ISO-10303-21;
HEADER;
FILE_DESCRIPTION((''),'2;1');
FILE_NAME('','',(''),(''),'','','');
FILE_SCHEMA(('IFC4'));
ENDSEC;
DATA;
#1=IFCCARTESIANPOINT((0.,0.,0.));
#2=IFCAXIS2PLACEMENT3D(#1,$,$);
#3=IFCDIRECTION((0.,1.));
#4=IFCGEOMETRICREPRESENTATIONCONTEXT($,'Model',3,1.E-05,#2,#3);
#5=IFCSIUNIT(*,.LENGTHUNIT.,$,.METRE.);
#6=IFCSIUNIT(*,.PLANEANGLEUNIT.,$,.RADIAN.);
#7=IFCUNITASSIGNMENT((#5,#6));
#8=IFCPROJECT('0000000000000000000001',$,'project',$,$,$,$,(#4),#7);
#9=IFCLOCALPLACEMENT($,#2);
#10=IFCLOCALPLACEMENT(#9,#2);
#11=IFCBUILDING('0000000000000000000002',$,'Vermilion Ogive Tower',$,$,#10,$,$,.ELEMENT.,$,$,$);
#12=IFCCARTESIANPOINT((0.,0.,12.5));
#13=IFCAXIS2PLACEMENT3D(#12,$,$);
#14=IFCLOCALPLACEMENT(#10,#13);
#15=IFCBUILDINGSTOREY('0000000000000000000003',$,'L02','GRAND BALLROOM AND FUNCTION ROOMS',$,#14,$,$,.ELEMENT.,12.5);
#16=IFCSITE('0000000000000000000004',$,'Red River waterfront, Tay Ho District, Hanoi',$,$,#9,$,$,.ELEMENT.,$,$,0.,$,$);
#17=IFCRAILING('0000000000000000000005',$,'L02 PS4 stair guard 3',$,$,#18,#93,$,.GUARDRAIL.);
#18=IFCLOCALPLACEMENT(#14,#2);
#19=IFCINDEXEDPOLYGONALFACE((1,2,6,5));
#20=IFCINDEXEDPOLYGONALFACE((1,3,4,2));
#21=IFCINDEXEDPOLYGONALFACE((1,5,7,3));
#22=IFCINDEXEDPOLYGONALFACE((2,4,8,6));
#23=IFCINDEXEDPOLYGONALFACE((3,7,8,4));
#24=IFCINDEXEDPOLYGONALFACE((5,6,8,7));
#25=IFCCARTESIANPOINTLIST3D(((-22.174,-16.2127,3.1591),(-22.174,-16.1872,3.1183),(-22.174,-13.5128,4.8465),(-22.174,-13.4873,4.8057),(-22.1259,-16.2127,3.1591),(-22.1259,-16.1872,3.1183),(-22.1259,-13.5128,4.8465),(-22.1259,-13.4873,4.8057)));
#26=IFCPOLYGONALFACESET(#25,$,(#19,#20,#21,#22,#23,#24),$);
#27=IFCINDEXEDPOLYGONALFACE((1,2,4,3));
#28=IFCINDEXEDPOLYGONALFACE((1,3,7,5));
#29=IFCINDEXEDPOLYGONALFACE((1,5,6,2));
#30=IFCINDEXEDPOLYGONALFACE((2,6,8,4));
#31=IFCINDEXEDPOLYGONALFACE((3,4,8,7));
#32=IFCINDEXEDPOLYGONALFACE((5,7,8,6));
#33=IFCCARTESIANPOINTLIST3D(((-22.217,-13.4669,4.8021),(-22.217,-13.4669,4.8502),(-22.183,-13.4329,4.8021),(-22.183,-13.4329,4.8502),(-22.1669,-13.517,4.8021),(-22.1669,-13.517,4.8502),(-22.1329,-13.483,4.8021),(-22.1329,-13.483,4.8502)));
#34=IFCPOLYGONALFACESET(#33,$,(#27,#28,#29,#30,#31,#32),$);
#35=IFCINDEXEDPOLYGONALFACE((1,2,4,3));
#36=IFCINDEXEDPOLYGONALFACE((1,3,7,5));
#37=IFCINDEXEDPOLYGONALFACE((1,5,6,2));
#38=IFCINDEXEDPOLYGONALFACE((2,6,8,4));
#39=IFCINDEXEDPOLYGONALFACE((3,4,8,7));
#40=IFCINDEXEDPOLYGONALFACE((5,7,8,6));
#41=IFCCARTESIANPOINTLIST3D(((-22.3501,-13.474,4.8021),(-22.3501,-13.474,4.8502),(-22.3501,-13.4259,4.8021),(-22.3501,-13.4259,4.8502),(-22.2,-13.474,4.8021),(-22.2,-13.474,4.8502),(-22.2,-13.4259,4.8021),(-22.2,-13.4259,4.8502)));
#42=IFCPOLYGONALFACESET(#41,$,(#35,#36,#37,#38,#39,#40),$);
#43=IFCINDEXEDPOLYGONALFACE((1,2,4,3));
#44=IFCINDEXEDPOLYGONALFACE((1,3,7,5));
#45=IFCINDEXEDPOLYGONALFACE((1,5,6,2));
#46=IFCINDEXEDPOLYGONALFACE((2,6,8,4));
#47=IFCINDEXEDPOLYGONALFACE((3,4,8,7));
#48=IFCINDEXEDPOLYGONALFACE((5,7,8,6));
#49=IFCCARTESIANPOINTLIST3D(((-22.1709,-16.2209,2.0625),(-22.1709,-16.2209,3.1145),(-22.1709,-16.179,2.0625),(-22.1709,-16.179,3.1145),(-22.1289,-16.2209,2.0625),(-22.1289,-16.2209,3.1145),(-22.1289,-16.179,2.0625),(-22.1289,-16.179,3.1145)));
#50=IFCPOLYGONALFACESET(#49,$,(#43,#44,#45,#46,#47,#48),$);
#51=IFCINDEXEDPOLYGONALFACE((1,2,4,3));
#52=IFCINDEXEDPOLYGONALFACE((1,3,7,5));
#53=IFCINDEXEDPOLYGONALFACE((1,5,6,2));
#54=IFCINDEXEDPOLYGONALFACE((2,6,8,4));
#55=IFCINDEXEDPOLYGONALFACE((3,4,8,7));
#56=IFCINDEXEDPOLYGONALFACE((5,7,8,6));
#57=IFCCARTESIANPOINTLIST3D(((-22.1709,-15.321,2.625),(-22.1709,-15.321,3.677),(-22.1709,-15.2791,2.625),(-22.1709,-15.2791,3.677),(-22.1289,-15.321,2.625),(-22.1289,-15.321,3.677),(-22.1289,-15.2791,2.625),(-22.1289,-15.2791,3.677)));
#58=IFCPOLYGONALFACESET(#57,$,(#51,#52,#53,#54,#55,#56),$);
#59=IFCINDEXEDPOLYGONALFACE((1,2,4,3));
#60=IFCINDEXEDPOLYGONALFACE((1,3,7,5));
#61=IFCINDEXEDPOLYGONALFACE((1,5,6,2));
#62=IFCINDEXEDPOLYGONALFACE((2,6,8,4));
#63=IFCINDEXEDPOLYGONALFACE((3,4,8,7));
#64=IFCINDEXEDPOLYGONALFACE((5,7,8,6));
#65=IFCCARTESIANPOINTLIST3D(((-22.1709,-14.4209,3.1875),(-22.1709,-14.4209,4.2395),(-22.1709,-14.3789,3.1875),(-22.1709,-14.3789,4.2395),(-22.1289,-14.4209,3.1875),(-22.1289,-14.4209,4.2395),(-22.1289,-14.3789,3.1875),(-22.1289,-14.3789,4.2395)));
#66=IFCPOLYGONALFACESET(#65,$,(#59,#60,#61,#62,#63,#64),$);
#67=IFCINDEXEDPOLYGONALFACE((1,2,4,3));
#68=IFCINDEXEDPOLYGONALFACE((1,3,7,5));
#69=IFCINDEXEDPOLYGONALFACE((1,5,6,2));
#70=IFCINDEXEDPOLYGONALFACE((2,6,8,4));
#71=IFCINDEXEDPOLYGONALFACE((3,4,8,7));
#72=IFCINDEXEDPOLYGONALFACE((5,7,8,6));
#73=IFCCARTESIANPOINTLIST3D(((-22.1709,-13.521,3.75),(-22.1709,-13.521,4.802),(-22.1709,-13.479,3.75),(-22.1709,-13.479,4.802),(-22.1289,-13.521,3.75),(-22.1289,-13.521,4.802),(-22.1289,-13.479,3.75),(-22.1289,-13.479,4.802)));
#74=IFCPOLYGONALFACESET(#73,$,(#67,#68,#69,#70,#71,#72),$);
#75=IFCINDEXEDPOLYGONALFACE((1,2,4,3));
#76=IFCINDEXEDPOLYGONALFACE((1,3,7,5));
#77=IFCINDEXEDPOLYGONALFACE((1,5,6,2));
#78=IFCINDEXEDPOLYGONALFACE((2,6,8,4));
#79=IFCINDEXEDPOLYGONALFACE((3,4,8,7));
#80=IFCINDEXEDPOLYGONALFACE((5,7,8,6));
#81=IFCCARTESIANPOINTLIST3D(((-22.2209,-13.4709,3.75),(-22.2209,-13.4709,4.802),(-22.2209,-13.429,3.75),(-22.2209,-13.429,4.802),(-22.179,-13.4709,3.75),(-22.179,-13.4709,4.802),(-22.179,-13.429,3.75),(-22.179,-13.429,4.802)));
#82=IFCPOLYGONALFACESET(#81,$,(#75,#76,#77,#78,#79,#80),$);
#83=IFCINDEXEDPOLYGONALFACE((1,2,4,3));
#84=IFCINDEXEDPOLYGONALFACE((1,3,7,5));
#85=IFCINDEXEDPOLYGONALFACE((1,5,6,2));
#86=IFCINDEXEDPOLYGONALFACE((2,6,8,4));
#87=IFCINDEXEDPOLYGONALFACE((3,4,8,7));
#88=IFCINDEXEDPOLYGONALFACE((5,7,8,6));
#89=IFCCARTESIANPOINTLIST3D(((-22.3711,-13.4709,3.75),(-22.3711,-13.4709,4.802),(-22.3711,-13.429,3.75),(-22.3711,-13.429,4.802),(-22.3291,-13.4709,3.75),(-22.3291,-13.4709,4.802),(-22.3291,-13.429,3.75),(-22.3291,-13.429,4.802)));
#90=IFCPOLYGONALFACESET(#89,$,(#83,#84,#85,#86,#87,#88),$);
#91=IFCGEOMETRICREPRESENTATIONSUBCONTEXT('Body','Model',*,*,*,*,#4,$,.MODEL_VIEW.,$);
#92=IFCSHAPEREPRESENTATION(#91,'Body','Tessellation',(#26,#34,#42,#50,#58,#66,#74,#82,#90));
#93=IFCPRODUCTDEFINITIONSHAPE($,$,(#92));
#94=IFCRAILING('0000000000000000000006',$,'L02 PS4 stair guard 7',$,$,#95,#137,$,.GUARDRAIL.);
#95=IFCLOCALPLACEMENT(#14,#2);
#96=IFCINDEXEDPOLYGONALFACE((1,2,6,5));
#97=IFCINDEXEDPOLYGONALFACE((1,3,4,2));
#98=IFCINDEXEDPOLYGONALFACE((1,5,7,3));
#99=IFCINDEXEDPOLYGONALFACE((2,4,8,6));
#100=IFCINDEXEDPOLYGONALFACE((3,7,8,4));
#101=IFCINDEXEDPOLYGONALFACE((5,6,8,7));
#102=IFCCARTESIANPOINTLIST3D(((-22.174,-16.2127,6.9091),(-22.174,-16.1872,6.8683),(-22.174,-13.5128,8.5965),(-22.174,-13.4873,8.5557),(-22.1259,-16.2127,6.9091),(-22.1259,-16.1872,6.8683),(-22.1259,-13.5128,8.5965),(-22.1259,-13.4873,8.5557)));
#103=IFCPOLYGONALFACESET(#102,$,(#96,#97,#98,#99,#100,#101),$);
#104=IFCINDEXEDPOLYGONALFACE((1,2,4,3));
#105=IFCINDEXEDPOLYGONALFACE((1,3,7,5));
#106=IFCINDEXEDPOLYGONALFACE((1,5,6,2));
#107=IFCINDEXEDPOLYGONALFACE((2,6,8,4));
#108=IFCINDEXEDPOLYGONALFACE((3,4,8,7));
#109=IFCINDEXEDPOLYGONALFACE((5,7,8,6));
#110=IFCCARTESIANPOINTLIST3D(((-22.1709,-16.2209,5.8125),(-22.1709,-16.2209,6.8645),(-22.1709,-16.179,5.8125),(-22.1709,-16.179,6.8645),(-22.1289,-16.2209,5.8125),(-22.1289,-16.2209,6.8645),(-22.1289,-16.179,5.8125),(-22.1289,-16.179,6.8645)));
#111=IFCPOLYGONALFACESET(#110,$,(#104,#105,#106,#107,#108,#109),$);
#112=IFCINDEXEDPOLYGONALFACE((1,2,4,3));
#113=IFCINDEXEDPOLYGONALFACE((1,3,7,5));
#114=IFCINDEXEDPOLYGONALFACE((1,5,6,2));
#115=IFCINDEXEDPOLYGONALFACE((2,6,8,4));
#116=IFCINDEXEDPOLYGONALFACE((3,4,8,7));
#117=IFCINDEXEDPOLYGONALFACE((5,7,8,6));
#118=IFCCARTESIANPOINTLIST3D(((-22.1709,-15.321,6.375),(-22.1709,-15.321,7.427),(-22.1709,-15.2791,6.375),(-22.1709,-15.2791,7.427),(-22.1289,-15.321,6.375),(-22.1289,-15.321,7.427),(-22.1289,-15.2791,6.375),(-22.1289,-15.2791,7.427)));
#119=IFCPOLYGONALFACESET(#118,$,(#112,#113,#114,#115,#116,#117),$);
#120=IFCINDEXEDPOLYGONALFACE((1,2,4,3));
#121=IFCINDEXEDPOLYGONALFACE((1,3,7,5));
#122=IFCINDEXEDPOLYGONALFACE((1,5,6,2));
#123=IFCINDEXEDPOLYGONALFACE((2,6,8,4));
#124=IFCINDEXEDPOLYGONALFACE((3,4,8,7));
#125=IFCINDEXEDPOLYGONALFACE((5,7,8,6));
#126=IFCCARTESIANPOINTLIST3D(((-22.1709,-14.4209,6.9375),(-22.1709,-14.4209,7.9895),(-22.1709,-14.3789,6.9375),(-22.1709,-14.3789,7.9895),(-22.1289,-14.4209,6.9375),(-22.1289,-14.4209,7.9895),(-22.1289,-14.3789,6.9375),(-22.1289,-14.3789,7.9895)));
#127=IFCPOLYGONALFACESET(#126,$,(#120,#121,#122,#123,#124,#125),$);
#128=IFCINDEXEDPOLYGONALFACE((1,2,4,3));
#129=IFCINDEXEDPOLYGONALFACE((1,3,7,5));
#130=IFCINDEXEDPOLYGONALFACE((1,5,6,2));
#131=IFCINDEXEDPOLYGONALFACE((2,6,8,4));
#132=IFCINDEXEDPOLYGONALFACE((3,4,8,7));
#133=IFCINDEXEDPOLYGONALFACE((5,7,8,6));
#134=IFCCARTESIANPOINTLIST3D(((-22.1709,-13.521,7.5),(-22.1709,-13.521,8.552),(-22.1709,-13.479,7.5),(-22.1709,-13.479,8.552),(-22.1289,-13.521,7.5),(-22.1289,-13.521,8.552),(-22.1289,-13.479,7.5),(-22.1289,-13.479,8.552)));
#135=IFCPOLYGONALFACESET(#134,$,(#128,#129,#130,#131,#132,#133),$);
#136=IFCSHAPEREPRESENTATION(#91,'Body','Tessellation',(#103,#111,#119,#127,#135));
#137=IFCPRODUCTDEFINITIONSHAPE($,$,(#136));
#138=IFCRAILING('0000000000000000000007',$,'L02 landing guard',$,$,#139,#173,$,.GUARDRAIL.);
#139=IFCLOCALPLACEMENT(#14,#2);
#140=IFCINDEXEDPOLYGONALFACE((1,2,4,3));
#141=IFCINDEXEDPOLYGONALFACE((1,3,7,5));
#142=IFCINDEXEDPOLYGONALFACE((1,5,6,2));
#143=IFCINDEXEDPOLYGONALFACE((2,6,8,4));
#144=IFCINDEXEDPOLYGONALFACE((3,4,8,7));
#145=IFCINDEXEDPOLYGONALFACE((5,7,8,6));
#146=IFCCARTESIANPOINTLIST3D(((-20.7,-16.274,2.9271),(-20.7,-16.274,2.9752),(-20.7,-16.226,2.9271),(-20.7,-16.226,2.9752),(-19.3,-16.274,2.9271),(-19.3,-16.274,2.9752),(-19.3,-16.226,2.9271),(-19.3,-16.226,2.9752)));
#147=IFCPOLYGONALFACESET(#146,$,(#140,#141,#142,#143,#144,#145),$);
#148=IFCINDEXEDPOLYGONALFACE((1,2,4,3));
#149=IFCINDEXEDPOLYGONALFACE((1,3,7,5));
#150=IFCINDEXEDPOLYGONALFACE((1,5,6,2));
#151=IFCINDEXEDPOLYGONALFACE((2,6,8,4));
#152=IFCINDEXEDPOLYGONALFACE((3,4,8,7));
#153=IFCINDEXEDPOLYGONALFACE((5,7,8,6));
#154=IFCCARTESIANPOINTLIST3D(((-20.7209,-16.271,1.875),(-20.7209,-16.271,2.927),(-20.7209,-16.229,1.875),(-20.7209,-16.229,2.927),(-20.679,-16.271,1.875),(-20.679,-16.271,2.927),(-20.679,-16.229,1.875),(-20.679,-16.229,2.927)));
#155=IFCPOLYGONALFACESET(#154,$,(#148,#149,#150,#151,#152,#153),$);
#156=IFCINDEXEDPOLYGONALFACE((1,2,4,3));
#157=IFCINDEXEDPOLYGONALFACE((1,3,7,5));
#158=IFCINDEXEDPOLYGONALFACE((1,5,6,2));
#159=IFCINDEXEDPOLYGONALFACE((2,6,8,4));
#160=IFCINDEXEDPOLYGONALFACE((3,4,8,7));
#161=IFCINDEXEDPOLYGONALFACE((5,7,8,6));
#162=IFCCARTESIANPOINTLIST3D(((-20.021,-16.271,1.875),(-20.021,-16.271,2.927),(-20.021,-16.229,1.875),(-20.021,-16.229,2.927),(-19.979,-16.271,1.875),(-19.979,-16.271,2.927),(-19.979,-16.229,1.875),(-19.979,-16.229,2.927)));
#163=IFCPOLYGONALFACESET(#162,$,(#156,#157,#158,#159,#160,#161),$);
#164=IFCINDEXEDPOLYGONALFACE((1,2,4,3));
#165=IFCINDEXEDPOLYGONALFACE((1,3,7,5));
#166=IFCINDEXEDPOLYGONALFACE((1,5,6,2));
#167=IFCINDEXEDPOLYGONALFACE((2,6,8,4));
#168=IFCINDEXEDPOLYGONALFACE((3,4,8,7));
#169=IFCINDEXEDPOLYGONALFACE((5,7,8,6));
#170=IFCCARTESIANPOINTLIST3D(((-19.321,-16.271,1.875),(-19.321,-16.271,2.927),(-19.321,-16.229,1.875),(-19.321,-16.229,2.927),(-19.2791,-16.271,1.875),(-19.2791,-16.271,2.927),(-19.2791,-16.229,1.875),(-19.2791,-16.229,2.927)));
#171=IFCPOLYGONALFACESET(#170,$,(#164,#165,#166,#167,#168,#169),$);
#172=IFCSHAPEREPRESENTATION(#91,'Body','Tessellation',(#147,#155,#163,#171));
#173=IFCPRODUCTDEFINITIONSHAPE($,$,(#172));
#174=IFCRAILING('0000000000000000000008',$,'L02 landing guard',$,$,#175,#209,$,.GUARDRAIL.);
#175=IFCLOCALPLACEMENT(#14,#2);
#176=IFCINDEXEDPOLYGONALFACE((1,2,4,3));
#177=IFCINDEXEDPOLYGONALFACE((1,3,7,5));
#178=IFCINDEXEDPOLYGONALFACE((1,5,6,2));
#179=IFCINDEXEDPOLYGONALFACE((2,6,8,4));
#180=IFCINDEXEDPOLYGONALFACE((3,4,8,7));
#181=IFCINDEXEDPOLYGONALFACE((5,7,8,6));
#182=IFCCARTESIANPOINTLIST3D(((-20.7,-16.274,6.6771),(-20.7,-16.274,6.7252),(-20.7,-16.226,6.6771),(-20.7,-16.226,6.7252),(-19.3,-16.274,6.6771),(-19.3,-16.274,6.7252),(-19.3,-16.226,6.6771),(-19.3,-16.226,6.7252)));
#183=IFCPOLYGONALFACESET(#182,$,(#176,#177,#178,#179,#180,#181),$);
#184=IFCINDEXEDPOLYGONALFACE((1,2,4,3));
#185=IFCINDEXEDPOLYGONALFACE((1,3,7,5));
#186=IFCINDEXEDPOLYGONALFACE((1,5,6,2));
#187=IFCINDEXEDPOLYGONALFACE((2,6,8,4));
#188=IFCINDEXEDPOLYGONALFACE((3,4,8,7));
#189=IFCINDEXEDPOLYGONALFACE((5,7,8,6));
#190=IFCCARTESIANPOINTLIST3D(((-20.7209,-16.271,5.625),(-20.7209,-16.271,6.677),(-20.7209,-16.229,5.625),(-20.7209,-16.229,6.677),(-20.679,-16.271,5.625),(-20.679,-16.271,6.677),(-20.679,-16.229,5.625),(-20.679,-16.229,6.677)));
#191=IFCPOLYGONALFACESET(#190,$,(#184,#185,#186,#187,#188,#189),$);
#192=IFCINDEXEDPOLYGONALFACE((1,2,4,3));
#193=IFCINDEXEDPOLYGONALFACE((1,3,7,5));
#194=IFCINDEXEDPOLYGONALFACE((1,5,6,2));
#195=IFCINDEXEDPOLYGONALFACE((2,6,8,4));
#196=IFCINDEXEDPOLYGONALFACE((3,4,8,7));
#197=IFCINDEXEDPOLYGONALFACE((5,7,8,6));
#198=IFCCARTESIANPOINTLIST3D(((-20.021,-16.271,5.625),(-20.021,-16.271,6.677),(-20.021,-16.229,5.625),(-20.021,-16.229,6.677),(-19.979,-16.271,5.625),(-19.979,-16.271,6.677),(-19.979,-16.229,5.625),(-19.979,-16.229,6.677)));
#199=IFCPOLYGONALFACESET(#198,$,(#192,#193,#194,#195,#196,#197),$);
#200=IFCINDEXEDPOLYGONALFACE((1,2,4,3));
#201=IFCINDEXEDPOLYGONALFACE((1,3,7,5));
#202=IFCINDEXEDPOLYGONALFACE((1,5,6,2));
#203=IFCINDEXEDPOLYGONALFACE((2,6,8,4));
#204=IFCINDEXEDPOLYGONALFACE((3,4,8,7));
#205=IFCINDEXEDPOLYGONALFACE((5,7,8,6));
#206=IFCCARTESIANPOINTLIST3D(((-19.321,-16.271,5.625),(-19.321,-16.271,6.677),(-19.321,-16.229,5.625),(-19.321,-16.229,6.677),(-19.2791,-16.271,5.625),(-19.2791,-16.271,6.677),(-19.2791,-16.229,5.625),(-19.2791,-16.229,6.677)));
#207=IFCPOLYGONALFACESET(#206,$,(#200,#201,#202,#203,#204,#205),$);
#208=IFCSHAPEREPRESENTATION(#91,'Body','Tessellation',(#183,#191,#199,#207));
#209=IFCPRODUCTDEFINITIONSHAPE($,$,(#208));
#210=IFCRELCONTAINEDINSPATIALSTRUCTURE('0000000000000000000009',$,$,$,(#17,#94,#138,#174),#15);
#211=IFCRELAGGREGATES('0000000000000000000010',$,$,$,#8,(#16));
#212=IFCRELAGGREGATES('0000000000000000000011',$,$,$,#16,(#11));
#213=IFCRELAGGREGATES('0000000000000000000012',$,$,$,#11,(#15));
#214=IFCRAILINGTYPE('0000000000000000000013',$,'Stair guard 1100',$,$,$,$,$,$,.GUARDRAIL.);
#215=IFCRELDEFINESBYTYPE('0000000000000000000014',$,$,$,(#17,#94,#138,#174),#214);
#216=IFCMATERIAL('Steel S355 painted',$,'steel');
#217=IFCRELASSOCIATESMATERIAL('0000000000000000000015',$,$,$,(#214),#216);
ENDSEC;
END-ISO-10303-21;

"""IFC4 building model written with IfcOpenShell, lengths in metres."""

from ifc_helpers import new_model, si_unit, direction, frame, origin, origin_2d, place, context, subcontext, project, spatial, rectangle, extrude, material, type_object, element, save


model = new_model("IFC4")

# Units and contexts
model_context = context("Model", 3, precision=1e-05, world=origin(), true_north=direction((0.0, 1.0)))
body_context = subcontext(model_context, "Body", "Model", "MODEL_VIEW")
ifc_project = project(units=[si_unit("LENGTHUNIT", "METRE"), si_unit("PLANEANGLEUNIT", "RADIAN")], contexts=[model_context])

# Site, building, storey
site_placement = place(None, origin())
site = spatial("IfcSite", under=ifc_project, at=site_placement, Name="Red River waterfront, Tay Ho District, Hanoi", CompositionType="ELEMENT", RefElevation=0.0)
building_placement = place(site_placement, origin())
building = spatial("IfcBuilding", under=site, at=building_placement, Name="Vermilion Ogive Tower", CompositionType="ELEMENT")
storey_placement = place(building_placement, frame((0.0, 0.0, 12.5)))
storey = spatial("IfcBuildingStorey", under=building, at=storey_placement, Name="L02", Description="GRAND BALLROOM AND FUNCTION ROOMS", CompositionType="ELEMENT", Elevation=12.5)

# Railings
ifc_material_1 = material(Name="Steel S355 painted", Category="steel")
railing_type_1 = type_object("IfcRailingType", Name="Stair guard 1100", PredefinedType="GUARDRAIL", material=ifc_material_1)
railing_1_placement = place(storey_placement, frame((-22.1499, -16.2, 2.0625)))
element("IfcRailing", 1, at=railing_1_placement, inside=storey, type_object=railing_type_1, Name="L02 PS4 stair guard 3", PredefinedType="GUARDRAIL", context=body_context, shape_type="SweptSolid", body=[
    extrude(rectangle(XDim=0.0481, YDim=0.0481, at=origin_2d()), frame((0.0, 0.0, 1.0762), z_axis=(0.0, 0.847994, 0.530006), x_axis=(-1.0, 0.0, 0.0)), (0.0, 0.0, 1.0), 3.1838),
    extrude(rectangle(XDim=0.0481, YDim=0.0481, at=origin_2d()), frame((0.0, 2.7, 2.7637), z_axis=(-0.707107, 0.707107, 0.0), x_axis=(-0.707107, -0.707107, 0.0)), (0.0, 0.0, 1.0), 0.0708),
    extrude(rectangle(XDim=0.0481, YDim=0.0481, at=origin_2d()), frame((-0.05, 2.75, 2.7637), z_axis=(-1.0, 0.0, 0.0), x_axis=(0.0, -1.0, 0.0)), (0.0, 0.0, 1.0), 0.1501),
    extrude(rectangle(XDim=0.042, YDim=0.042, at=origin_2d()), origin(), (0.0, 0.0, 1.0), 1.052),
    extrude(rectangle(XDim=0.042, YDim=0.042, at=origin_2d()), frame((0.0, 0.8999, 0.5625)), (0.0, 0.0, 1.0), 1.052),
    extrude(rectangle(XDim=0.042, YDim=0.042, at=origin_2d()), frame((0.0, 1.8, 1.125)), (0.0, 0.0, 1.0), 1.052),
    extrude(rectangle(XDim=0.042, YDim=0.042, at=origin_2d()), frame((0.0, 2.7, 1.6875)), (0.0, 0.0, 1.0), 1.052),
    extrude(rectangle(XDim=0.042, YDim=0.042, at=origin_2d()), frame((-0.05, 2.75, 1.6875)), (0.0, 0.0, 1.0), 1.052),
    extrude(rectangle(XDim=0.042, YDim=0.042, at=origin_2d()), frame((-0.2002, 2.75, 1.6875)), (0.0, 0.0, 1.0), 1.052),
])
railing_2_placement = place(storey_placement, frame((-22.1499, -16.2, 5.8125)))
element("IfcRailing", 2, at=railing_2_placement, inside=storey, type_object=railing_type_1, Name="L02 PS4 stair guard 7", PredefinedType="GUARDRAIL", context=body_context, shape_type="SweptSolid", body=[
    extrude(rectangle(XDim=0.0481, YDim=0.0481, at=origin_2d()), frame((0.0, 0.0, 1.0762), z_axis=(0.0, 0.847994, 0.530006), x_axis=(-1.0, 0.0, 0.0)), (0.0, 0.0, 1.0), 3.1838),
    extrude(rectangle(XDim=0.042, YDim=0.042, at=origin_2d()), origin(), (0.0, 0.0, 1.0), 1.052),
    extrude(rectangle(XDim=0.042, YDim=0.042, at=origin_2d()), frame((0.0, 0.8999, 0.5625)), (0.0, 0.0, 1.0), 1.052),
    extrude(rectangle(XDim=0.042, YDim=0.042, at=origin_2d()), frame((0.0, 1.8, 1.125)), (0.0, 0.0, 1.0), 1.052),
    extrude(rectangle(XDim=0.042, YDim=0.042, at=origin_2d()), frame((0.0, 2.7, 1.6875)), (0.0, 0.0, 1.0), 1.052),
])
for number, where, name in (
    (3, (-20.7, -16.25, 1.875), "L02 landing guard"),
    (4, (-20.7, -16.25, 5.625), "L02 landing guard"),
):
    element("IfcRailing", number, at=place(storey_placement, frame(where)), inside=storey, type_object=railing_type_1, Name=name, PredefinedType="GUARDRAIL", context=body_context, shape_type="SweptSolid", body=[
        extrude(rectangle(XDim=0.0481, YDim=0.0481, at=origin_2d()), frame((0.0, 0.0, 1.0762), z_axis=(1.0, 0.0, 0.0), x_axis=(0.0, 1.0, 0.0)), (0.0, 0.0, 1.0), 1.3999),
        extrude(rectangle(XDim=0.042, YDim=0.042, at=origin_2d()), origin(), (0.0, 0.0, 1.0), 1.052),
        extrude(rectangle(XDim=0.042, YDim=0.042, at=origin_2d()), frame((0.7, 0.0, 0.0)), (0.0, 0.0, 1.0), 1.052),
        extrude(rectangle(XDim=0.042, YDim=0.042, at=origin_2d()), frame((1.3999, 0.0, 0.0)), (0.0, 0.0, 1.0), 1.052),
    ])

save(model, "model.ifc")
